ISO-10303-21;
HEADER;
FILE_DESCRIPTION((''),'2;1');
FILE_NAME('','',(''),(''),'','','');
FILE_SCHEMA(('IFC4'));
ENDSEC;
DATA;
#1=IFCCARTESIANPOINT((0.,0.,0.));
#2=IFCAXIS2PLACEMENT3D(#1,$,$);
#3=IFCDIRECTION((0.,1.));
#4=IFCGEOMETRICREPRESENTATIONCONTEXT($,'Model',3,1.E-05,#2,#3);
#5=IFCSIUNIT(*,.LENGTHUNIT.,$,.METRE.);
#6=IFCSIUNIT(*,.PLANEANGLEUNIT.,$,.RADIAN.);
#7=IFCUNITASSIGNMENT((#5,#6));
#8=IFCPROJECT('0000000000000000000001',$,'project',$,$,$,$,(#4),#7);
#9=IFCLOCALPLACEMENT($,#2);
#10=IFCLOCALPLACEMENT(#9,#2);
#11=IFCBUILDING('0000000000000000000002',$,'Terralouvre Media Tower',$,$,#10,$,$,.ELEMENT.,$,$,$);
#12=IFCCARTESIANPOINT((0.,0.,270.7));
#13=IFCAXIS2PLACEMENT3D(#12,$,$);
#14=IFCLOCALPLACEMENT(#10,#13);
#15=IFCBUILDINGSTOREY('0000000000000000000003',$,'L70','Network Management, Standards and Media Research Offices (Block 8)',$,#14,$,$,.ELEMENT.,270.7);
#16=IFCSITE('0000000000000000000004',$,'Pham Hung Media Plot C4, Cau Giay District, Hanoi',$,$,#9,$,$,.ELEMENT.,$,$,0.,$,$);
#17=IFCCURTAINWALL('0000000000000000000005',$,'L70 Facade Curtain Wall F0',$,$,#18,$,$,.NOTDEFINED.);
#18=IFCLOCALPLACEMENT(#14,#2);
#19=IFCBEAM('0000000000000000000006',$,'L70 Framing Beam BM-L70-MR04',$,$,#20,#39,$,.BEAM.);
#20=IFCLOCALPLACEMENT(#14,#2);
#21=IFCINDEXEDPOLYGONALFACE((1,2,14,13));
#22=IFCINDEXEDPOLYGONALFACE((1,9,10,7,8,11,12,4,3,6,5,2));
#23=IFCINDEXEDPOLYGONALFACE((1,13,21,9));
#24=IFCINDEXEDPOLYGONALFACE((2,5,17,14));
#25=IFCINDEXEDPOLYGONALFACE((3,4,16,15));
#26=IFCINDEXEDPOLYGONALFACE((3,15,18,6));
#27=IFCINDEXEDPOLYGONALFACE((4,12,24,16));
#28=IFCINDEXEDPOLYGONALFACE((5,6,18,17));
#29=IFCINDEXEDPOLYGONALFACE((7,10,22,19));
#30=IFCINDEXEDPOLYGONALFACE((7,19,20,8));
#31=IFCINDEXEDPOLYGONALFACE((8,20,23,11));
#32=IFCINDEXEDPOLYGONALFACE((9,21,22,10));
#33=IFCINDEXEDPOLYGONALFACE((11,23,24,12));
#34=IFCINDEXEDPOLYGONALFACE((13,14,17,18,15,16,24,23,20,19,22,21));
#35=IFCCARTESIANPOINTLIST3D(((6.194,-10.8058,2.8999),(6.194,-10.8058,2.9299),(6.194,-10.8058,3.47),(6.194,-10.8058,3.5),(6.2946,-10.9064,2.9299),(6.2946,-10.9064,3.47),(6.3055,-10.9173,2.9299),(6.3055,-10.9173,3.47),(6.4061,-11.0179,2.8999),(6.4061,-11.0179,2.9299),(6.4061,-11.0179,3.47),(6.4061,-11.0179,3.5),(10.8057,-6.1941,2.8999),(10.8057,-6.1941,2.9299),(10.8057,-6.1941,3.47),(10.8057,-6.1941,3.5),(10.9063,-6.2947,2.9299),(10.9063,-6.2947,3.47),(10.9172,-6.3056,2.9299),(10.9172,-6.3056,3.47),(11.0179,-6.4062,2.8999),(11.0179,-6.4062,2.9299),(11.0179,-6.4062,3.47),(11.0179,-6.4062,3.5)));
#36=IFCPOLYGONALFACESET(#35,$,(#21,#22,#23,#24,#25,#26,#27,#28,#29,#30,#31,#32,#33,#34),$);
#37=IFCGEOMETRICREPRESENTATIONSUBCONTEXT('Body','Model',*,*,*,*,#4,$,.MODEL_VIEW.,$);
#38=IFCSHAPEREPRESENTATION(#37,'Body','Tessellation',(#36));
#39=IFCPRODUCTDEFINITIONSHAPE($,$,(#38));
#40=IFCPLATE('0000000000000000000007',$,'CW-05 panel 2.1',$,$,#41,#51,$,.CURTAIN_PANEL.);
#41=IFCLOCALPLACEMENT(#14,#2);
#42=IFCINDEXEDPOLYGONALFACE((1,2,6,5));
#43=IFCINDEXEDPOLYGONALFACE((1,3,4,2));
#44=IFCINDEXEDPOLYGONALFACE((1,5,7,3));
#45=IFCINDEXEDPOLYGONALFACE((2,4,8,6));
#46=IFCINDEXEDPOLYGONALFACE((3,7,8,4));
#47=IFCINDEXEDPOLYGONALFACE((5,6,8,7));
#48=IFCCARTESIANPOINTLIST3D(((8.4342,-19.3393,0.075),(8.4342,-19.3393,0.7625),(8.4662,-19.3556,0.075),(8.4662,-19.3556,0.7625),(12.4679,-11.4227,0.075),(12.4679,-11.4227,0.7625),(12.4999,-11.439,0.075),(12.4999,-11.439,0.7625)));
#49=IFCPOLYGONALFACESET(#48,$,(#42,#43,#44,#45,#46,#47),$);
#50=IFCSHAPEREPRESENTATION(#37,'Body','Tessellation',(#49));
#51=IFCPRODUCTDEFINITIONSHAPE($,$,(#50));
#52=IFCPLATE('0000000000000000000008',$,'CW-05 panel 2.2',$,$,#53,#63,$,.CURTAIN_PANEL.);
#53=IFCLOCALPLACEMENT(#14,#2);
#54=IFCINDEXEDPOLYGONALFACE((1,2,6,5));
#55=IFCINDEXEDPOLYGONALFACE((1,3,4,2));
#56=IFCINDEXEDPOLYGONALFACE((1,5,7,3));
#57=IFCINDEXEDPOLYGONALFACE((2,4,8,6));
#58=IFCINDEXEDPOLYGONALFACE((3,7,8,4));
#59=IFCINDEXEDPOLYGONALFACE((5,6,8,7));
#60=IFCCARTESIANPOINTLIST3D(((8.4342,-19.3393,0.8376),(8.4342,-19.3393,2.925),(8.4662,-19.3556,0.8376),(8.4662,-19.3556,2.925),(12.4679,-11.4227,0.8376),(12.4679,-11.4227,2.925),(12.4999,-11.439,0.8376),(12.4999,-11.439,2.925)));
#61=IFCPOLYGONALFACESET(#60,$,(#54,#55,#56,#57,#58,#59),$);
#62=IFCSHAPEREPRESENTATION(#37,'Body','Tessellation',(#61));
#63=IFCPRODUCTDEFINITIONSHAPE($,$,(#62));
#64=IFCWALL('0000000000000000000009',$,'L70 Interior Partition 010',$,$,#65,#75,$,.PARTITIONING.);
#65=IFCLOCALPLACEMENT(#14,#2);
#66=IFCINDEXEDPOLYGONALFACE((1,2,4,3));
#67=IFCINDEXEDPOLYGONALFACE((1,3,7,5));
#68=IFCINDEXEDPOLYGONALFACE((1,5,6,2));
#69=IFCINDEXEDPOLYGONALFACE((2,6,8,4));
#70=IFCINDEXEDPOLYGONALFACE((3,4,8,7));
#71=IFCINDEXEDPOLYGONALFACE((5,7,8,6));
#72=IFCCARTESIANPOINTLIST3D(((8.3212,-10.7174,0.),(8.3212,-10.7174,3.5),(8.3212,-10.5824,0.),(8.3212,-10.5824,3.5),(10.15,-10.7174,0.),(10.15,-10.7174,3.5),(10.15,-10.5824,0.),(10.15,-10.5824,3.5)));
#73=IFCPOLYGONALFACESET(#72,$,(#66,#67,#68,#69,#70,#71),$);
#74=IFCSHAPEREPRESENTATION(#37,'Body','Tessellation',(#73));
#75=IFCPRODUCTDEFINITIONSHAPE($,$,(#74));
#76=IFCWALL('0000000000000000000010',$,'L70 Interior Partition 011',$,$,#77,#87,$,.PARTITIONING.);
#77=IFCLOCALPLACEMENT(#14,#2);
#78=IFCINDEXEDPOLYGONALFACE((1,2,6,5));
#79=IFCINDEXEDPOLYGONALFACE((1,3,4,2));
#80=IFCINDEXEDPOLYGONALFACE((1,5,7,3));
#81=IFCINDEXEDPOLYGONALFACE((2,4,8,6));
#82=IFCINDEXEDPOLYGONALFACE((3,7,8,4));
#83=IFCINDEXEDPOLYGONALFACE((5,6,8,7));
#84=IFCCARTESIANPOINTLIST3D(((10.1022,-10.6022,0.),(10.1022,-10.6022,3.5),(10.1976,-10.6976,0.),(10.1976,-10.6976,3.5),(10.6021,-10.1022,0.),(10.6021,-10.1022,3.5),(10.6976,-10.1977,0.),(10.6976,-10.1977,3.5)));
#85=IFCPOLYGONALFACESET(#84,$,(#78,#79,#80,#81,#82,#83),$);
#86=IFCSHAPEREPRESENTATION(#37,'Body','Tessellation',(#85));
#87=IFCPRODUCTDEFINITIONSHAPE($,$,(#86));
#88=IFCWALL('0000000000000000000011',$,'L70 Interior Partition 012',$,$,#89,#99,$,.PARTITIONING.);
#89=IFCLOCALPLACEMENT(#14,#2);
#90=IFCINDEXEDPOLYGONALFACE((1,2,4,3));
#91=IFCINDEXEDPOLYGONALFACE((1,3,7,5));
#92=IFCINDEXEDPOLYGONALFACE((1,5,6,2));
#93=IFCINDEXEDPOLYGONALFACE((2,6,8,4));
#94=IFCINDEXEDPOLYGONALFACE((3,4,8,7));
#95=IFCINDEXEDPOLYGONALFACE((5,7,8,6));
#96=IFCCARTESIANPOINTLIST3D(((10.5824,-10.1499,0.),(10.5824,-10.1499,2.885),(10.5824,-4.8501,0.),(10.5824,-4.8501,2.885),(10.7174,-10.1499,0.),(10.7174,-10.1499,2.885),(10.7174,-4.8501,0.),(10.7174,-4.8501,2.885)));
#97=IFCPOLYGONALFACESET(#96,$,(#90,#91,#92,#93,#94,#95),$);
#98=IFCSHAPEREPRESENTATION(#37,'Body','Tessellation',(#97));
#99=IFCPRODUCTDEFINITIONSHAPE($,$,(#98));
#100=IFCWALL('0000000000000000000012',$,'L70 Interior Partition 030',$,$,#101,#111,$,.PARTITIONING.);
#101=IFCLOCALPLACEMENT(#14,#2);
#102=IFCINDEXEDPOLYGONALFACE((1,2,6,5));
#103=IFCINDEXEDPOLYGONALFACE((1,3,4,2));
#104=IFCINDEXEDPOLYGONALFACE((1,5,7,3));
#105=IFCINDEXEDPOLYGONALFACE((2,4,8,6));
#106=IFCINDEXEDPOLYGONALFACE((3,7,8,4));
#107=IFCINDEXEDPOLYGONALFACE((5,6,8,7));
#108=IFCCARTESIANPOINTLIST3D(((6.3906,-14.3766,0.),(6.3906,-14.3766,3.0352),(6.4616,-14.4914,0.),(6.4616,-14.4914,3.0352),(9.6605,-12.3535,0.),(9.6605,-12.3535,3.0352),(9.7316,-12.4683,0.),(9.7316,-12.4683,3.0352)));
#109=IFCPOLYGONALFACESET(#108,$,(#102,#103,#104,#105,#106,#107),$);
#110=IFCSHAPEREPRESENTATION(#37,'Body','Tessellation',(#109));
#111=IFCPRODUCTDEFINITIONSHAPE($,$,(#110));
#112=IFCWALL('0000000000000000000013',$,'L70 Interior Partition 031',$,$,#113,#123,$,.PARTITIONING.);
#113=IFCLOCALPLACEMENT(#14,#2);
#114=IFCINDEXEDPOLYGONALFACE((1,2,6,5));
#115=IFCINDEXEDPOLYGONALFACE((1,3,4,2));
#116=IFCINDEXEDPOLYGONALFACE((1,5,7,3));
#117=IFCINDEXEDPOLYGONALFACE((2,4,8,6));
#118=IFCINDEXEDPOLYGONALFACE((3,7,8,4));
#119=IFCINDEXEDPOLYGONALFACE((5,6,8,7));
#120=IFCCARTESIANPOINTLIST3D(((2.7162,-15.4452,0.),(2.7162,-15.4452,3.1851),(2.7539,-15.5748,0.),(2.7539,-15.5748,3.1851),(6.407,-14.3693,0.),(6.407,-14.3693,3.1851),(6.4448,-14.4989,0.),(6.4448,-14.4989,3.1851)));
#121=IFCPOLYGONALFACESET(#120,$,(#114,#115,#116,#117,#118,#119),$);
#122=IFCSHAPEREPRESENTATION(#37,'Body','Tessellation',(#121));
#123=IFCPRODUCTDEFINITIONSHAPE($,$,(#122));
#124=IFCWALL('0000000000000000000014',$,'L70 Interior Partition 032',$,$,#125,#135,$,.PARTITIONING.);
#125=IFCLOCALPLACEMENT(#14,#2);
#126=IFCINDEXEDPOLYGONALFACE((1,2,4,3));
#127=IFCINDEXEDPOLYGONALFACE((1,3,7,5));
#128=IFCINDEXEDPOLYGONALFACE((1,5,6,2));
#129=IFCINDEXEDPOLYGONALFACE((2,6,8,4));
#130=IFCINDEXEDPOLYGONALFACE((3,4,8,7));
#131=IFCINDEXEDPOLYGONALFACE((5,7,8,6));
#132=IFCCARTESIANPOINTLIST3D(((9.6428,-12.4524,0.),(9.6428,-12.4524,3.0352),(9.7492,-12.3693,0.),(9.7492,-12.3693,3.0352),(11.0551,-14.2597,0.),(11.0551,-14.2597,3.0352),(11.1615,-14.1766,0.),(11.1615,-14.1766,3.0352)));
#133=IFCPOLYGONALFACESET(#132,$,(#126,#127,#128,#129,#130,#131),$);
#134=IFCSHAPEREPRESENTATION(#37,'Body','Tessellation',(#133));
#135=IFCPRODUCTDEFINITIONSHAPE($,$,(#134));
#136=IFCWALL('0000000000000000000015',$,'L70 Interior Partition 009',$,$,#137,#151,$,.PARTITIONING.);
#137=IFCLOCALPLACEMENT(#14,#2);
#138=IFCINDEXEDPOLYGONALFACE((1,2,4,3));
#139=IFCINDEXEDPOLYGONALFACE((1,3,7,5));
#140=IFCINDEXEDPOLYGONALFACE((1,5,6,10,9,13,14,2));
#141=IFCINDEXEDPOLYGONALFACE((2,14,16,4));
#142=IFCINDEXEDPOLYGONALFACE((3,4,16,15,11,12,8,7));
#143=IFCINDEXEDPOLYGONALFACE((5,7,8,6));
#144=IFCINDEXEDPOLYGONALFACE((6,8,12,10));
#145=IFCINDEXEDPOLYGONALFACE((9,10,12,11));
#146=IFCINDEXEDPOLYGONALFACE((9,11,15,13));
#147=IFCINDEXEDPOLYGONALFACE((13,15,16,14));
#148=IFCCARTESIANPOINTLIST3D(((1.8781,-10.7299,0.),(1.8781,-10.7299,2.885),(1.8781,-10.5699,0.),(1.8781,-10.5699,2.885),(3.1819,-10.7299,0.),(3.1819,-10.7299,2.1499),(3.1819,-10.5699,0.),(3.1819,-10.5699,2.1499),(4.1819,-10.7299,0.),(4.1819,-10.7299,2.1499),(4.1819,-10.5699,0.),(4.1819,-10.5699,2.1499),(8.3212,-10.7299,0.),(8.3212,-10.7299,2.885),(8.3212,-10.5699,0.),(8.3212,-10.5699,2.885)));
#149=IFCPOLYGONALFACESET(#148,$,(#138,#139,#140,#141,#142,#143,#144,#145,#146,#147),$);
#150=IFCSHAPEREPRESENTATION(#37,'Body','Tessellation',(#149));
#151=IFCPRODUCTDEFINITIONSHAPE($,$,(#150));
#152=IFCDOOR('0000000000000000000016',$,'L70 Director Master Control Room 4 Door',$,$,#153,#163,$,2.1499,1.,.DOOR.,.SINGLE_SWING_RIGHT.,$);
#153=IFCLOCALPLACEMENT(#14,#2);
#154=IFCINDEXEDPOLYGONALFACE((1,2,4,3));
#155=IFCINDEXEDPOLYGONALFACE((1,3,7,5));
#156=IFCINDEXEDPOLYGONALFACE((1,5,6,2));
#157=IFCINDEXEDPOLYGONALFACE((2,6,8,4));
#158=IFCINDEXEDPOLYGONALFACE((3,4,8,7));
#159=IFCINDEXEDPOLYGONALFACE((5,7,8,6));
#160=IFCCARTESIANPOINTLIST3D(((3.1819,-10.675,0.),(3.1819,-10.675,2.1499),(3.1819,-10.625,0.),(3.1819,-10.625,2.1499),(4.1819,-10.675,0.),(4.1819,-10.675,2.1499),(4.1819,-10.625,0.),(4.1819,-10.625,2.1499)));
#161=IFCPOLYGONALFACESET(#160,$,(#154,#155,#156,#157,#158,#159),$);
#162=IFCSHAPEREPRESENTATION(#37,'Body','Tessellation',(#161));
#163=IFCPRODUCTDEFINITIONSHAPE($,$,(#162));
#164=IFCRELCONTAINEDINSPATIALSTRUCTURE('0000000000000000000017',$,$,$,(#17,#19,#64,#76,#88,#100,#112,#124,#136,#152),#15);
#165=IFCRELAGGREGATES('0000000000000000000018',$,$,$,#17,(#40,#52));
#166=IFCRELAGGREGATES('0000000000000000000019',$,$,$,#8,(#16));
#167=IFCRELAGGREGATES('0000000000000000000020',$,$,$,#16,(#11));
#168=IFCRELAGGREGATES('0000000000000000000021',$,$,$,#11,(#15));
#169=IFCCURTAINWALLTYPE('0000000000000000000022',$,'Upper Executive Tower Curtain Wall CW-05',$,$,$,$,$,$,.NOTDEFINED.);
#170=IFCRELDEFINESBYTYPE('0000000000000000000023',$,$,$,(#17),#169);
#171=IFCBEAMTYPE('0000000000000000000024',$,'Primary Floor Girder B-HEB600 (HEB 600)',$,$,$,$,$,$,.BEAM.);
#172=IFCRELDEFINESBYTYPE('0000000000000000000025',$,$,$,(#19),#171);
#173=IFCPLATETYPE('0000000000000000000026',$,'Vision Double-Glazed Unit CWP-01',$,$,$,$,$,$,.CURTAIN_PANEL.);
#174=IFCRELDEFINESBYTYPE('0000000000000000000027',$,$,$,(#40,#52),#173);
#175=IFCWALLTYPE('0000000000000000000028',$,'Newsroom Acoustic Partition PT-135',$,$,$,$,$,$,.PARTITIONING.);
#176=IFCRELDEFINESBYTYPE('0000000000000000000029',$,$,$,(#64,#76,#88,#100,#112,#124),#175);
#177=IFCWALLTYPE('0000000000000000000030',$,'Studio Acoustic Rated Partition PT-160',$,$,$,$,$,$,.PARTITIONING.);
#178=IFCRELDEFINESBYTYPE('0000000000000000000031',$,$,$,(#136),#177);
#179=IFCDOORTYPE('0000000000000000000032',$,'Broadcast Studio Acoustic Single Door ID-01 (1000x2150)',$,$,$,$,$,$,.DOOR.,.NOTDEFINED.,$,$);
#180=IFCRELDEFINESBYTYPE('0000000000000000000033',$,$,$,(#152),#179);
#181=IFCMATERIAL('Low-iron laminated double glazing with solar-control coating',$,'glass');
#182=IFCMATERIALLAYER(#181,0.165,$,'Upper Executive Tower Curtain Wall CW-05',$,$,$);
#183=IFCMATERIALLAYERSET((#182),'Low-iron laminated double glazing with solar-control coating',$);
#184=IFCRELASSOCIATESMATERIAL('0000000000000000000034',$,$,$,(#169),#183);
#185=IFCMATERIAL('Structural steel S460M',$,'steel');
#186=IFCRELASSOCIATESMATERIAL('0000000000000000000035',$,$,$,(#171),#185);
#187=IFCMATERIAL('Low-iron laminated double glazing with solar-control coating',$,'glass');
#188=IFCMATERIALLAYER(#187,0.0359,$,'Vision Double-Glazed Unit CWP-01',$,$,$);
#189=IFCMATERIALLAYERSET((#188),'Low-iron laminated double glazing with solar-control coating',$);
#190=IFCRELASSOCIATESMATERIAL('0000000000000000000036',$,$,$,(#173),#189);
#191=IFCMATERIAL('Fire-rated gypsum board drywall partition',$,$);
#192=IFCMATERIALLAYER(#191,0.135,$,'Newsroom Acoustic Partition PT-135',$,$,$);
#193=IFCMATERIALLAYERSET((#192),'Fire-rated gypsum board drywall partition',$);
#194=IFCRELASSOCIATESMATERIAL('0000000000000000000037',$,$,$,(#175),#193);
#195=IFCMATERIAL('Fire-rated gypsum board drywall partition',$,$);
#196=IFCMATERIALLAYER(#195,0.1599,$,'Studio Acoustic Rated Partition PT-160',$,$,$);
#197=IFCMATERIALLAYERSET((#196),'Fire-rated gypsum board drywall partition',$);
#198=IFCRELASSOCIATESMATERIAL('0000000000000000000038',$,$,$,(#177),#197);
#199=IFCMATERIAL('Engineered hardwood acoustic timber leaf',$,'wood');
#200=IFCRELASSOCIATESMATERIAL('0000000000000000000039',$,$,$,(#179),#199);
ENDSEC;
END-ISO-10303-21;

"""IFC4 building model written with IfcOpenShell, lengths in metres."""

from ifc_helpers import new_model, si_unit, direction, frame, frame_2d, origin, origin_2d, place, context, subcontext, project, spatial, rectangle, i_section, extrude, material, layer, layer_set, material_profile, profile_set, type_object, element, fill, aggregate, save


model = new_model("IFC4")

# Units and contexts
model_context = context("Model", 3, precision=1e-05, world=origin(), true_north=direction((0.0, 1.0)))
body_context = subcontext(model_context, "Body", "Model", "MODEL_VIEW")
ifc_project = project(units=[si_unit("LENGTHUNIT", "METRE"), si_unit("PLANEANGLEUNIT", "RADIAN")], contexts=[model_context])

# Site, building, storey
site_placement = place(None, origin())
site = spatial("IfcSite", under=ifc_project, at=site_placement, Name="Pham Hung Media Plot C4, Cau Giay District, Hanoi", CompositionType="ELEMENT", RefElevation=0.0)
building_placement = place(site_placement, origin())
building = spatial("IfcBuilding", under=site, at=building_placement, Name="Terralouvre Media Tower", CompositionType="ELEMENT")
storey_placement = place(building_placement, frame((0.0, 0.0, 270.7)))
storey = spatial("IfcBuildingStorey", under=building, at=storey_placement, Name="L70", Description="Network Management, Standards and Media Research Offices (Block 8)", CompositionType="ELEMENT", Elevation=270.7)

# Curtain wall
ifc_material_1 = material(Name="Low-iron laminated double glazing with solar-control coating", Category="glass")
ifc_layer_1 = layer(ifc_material_1, 0.165, Name="Upper Executive Tower Curtain Wall CW-05")
ifc_layer_set_1 = layer_set([ifc_layer_1], Name="Low-iron laminated double glazing with solar-control coating")
curtain_wall_type = type_object("IfcCurtainWallType", Name="Upper Executive Tower Curtain Wall CW-05", PredefinedType="NOTDEFINED", material=ifc_layer_set_1)
curtain_wall_placement = place(storey_placement, origin())
curtain_wall = element("IfcCurtainWall", 1, at=curtain_wall_placement, inside=storey, type_object=curtain_wall_type, Name="L70 Facade Curtain Wall F0", PredefinedType="NOTDEFINED")

# Beam
ifc_material_2 = material(Name="Structural steel S460M", Category="steel")
ifc_material_profile_1 = material_profile(ifc_material_2, i_section(OverallWidth=0.3, OverallDepth=0.6001, WebThickness=0.0154, FlangeThickness=0.03, at=origin_2d()), Name="HEB 600")
ifc_profile_set_1 = profile_set([ifc_material_profile_1], Name="Structural steel S460M")
beam_type_1 = type_object("IfcBeamType", Name="Primary Floor Girder B-HEB600 (HEB 600)", PredefinedType="BEAM", material=ifc_profile_set_1)
beam_1_placement = place(storey_placement, frame((6.3, -10.9119, 3.2), z_axis=(0.707107, 0.707107, 0.0), x_axis=(-0.707107, 0.707107, 0.0)))
element("IfcBeam", 2, at=beam_1_placement, inside=storey, type_object=beam_type_1, Name="L70 Framing Beam BM-L70-MR04", PredefinedType="BEAM", context=body_context, shape_type="SweptSolid", body=[
    extrude(i_section(OverallWidth=0.3, OverallDepth=0.6001, WebThickness=0.0154, FlangeThickness=0.03, at=origin_2d()), origin(), (0.0, 0.0, 1.0), 6.522),
])

# Plates
ifc_material_3 = material(Name="Low-iron laminated double glazing with solar-control coating", Category="glass")
ifc_layer_2 = layer(ifc_material_3, 0.0359, Name="Vision Double-Glazed Unit CWP-01")
ifc_layer_set_2 = layer_set([ifc_layer_2], Name="Low-iron laminated double glazing with solar-control coating")
plate_type = type_object("IfcPlateType", Name="Vision Double-Glazed Unit CWP-01", PredefinedType="CURTAIN_PANEL", material=ifc_layer_set_2)
plate_1_placement = place(storey_placement, frame((10.467, -15.3892, 0.075), z_axis=(0.0, 0.0, 1.0), x_axis=(0.45399, 0.891007, 0.0)))
plate_1 = element("IfcPlate", 3, at=plate_1_placement, type_object=plate_type, Name="CW-05 panel 2.1", PredefinedType="CURTAIN_PANEL", context=body_context, shape_type="SweptSolid", body=[
    extrude(rectangle(XDim=8.885, YDim=0.0359, at=origin_2d()), origin(), (0.0, 0.0, 1.0), 0.6875),
])
plate_2_placement = place(storey_placement, frame((10.467, -15.3892, 0.8376), z_axis=(0.0, 0.0, 1.0), x_axis=(0.45399, 0.891007, 0.0)))
plate_2 = element("IfcPlate", 4, at=plate_2_placement, type_object=plate_type, Name="CW-05 panel 2.2", PredefinedType="CURTAIN_PANEL", context=body_context, shape_type="SweptSolid", body=[
    extrude(rectangle(XDim=8.885, YDim=0.0359, at=origin_2d()), origin(), (0.0, 0.0, 1.0), 2.0874),
])
aggregate(curtain_wall, [plate_1, plate_2])

# Walls
ifc_material_4 = material(Name="Fire-rated gypsum board drywall partition")
ifc_layer_3 = layer(ifc_material_4, 0.135, Name="Newsroom Acoustic Partition PT-135")
ifc_layer_set_3 = layer_set([ifc_layer_3], Name="Fire-rated gypsum board drywall partition")
wall_type_1 = type_object("IfcWallType", Name="Newsroom Acoustic Partition PT-135", PredefinedType="PARTITIONING", material=ifc_layer_set_3)
wall_1_placement = place(storey_placement, frame((8.321, -10.6499, 0.0), z_axis=(0.0, 0.0, 1.0), x_axis=(1.0, 0.0, 0.0)))
element("IfcWall", 5, at=wall_1_placement, inside=storey, type_object=wall_type_1, Name="L70 Interior Partition 010", PredefinedType="PARTITIONING", context=body_context, shape_type="SweptSolid", body=[
    extrude(rectangle(XDim=1.8289, YDim=0.135, at=frame_2d((0.9146, 0.0))), origin(), (0.0, 0.0, 1.0), 3.5),
])
wall_2_placement = place(storey_placement, frame((10.1499, -10.6499, 0.0), z_axis=(0.0, 0.0, 1.0), x_axis=(0.707107, 0.707107, 0.0)))
element("IfcWall", 6, at=wall_2_placement, inside=storey, type_object=wall_type_1, Name="L70 Interior Partition 011", PredefinedType="PARTITIONING", context=body_context, shape_type="SweptSolid", body=[
    extrude(rectangle(XDim=0.707, YDim=0.135, at=frame_2d((0.3535, 0.0))), origin(), (0.0, 0.0, 1.0), 3.5),
])
wall_3_placement = place(storey_placement, frame((10.6499, -10.1499, 0.0), z_axis=(0.0, 0.0, 1.0), x_axis=(0.0, 1.0, 0.0)))
element("IfcWall", 7, at=wall_3_placement, inside=storey, type_object=wall_type_1, Name="L70 Interior Partition 012", PredefinedType="PARTITIONING", context=body_context, shape_type="SweptSolid", body=[
    extrude(rectangle(XDim=5.2998, YDim=0.135, at=frame_2d((2.6499, 0.0))), origin(), (0.0, 0.0, 1.0), 2.885),
])
wall_4_placement = place(storey_placement, frame((9.696, -12.4109, 0.0), z_axis=(0.0, 0.0, 1.0), x_axis=(-0.850394, -0.526147, 0.0)))
element("IfcWall", 8, at=wall_4_placement, inside=storey, type_object=wall_type_1, Name="L70 Interior Partition 030", PredefinedType="PARTITIONING", context=body_context, shape_type="SweptSolid", body=[
    extrude(rectangle(XDim=3.8452, YDim=0.135, at=frame_2d((1.9226, 0.0))), origin(), (0.0, 0.0, 1.0), 3.0352),
])
wall_5_placement = place(storey_placement, frame((6.426, -14.4341, 0.0), z_axis=(0.0, 0.0, 1.0), x_axis=(-0.960041, -0.279859, 0.0)))
element("IfcWall", 9, at=wall_5_placement, inside=storey, type_object=wall_type_1, Name="L70 Interior Partition 031", PredefinedType="PARTITIONING", context=body_context, shape_type="SweptSolid", body=[
    extrude(rectangle(XDim=3.8445, YDim=0.135, at=frame_2d((1.9224, 0.0))), origin(), (0.0, 0.0, 1.0), 3.1851),
])
wall_6_placement = place(storey_placement, frame((11.1084, -14.2183, 0.0), z_axis=(0.0, 0.0, 1.0), x_axis=(-0.615737, 0.787952, 0.0)))
element("IfcWall", 10, at=wall_6_placement, inside=storey, type_object=wall_type_1, Name="L70 Interior Partition 032", PredefinedType="PARTITIONING", context=body_context, shape_type="SweptSolid", body=[
    extrude(rectangle(XDim=2.2937, YDim=0.135, at=frame_2d((1.147, 0.0))), origin(), (0.0, 0.0, 1.0), 3.0352),
])

# Wall, opening, door
ifc_material_5 = material(Name="Fire-rated gypsum board drywall partition")
ifc_layer_4 = layer(ifc_material_5, 0.1599, Name="Studio Acoustic Rated Partition PT-160")
ifc_layer_set_4 = layer_set([ifc_layer_4], Name="Fire-rated gypsum board drywall partition")
wall_type_2 = type_object("IfcWallType", Name="Studio Acoustic Rated Partition PT-160", PredefinedType="PARTITIONING", material=ifc_layer_set_4)
wall_7_placement = place(storey_placement, frame((1.8779, -10.6499, 0.0), z_axis=(0.0, 0.0, 1.0), x_axis=(1.0, 0.0, 0.0)))
wall_7 = element("IfcWall", 11, at=wall_7_placement, inside=storey, type_object=wall_type_2, Name="L70 Interior Partition 009", PredefinedType="PARTITIONING", context=body_context, shape_type="SweptSolid", body=[
    extrude(rectangle(XDim=6.4431, YDim=0.1599, at=frame_2d((3.2217, 0.0))), origin(), (0.0, 0.0, 1.0), 2.885),
])
opening_1_placement = place(wall_7_placement, frame((1.304, 0.0, 0.0)))
opening_1 = element("IfcOpeningElement", 12, at=opening_1_placement, cuts=wall_7, PredefinedType="OPENING", context=body_context, shape_type="SweptSolid", body=[
    extrude(rectangle(XDim=1.0, YDim=2.1499, at=frame_2d((0.5, 1.075))), frame((0.0, 0.0898, 0.0), z_axis=(0.0, -1.0, 0.0), x_axis=(1.0, 0.0, 0.0)), (0.0, 0.0, 1.0), 0.1799),
])
ifc_material_6 = material(Name="Engineered hardwood acoustic timber leaf", Category="wood")
door_type_1 = type_object("IfcDoorType", Name="Broadcast Studio Acoustic Single Door ID-01 (1000x2150)", OperationType="NOTDEFINED", PredefinedType="DOOR", material=ifc_material_6)
door_1_placement = place(opening_1_placement, origin())
door_1 = element("IfcDoor", 13, at=door_1_placement, inside=storey, type_object=door_type_1, Name="L70 Director Master Control Room 4 Door", OperationType="SINGLE_SWING_RIGHT", OverallHeight=2.1499, OverallWidth=1.0, PredefinedType="DOOR", context=body_context, shape_type="SweptSolid", body=[
    extrude(rectangle(XDim=1.0, YDim=2.1499, at=frame_2d((0.5, 1.075))), frame((0.0, 0.0249, 0.0), z_axis=(0.0, -1.0, 0.0), x_axis=(1.0, 0.0, 0.0)), (0.0, 0.0, 1.0), 0.05),
])
fill(opening_1, door_1)

save(model, "model.ifc")
